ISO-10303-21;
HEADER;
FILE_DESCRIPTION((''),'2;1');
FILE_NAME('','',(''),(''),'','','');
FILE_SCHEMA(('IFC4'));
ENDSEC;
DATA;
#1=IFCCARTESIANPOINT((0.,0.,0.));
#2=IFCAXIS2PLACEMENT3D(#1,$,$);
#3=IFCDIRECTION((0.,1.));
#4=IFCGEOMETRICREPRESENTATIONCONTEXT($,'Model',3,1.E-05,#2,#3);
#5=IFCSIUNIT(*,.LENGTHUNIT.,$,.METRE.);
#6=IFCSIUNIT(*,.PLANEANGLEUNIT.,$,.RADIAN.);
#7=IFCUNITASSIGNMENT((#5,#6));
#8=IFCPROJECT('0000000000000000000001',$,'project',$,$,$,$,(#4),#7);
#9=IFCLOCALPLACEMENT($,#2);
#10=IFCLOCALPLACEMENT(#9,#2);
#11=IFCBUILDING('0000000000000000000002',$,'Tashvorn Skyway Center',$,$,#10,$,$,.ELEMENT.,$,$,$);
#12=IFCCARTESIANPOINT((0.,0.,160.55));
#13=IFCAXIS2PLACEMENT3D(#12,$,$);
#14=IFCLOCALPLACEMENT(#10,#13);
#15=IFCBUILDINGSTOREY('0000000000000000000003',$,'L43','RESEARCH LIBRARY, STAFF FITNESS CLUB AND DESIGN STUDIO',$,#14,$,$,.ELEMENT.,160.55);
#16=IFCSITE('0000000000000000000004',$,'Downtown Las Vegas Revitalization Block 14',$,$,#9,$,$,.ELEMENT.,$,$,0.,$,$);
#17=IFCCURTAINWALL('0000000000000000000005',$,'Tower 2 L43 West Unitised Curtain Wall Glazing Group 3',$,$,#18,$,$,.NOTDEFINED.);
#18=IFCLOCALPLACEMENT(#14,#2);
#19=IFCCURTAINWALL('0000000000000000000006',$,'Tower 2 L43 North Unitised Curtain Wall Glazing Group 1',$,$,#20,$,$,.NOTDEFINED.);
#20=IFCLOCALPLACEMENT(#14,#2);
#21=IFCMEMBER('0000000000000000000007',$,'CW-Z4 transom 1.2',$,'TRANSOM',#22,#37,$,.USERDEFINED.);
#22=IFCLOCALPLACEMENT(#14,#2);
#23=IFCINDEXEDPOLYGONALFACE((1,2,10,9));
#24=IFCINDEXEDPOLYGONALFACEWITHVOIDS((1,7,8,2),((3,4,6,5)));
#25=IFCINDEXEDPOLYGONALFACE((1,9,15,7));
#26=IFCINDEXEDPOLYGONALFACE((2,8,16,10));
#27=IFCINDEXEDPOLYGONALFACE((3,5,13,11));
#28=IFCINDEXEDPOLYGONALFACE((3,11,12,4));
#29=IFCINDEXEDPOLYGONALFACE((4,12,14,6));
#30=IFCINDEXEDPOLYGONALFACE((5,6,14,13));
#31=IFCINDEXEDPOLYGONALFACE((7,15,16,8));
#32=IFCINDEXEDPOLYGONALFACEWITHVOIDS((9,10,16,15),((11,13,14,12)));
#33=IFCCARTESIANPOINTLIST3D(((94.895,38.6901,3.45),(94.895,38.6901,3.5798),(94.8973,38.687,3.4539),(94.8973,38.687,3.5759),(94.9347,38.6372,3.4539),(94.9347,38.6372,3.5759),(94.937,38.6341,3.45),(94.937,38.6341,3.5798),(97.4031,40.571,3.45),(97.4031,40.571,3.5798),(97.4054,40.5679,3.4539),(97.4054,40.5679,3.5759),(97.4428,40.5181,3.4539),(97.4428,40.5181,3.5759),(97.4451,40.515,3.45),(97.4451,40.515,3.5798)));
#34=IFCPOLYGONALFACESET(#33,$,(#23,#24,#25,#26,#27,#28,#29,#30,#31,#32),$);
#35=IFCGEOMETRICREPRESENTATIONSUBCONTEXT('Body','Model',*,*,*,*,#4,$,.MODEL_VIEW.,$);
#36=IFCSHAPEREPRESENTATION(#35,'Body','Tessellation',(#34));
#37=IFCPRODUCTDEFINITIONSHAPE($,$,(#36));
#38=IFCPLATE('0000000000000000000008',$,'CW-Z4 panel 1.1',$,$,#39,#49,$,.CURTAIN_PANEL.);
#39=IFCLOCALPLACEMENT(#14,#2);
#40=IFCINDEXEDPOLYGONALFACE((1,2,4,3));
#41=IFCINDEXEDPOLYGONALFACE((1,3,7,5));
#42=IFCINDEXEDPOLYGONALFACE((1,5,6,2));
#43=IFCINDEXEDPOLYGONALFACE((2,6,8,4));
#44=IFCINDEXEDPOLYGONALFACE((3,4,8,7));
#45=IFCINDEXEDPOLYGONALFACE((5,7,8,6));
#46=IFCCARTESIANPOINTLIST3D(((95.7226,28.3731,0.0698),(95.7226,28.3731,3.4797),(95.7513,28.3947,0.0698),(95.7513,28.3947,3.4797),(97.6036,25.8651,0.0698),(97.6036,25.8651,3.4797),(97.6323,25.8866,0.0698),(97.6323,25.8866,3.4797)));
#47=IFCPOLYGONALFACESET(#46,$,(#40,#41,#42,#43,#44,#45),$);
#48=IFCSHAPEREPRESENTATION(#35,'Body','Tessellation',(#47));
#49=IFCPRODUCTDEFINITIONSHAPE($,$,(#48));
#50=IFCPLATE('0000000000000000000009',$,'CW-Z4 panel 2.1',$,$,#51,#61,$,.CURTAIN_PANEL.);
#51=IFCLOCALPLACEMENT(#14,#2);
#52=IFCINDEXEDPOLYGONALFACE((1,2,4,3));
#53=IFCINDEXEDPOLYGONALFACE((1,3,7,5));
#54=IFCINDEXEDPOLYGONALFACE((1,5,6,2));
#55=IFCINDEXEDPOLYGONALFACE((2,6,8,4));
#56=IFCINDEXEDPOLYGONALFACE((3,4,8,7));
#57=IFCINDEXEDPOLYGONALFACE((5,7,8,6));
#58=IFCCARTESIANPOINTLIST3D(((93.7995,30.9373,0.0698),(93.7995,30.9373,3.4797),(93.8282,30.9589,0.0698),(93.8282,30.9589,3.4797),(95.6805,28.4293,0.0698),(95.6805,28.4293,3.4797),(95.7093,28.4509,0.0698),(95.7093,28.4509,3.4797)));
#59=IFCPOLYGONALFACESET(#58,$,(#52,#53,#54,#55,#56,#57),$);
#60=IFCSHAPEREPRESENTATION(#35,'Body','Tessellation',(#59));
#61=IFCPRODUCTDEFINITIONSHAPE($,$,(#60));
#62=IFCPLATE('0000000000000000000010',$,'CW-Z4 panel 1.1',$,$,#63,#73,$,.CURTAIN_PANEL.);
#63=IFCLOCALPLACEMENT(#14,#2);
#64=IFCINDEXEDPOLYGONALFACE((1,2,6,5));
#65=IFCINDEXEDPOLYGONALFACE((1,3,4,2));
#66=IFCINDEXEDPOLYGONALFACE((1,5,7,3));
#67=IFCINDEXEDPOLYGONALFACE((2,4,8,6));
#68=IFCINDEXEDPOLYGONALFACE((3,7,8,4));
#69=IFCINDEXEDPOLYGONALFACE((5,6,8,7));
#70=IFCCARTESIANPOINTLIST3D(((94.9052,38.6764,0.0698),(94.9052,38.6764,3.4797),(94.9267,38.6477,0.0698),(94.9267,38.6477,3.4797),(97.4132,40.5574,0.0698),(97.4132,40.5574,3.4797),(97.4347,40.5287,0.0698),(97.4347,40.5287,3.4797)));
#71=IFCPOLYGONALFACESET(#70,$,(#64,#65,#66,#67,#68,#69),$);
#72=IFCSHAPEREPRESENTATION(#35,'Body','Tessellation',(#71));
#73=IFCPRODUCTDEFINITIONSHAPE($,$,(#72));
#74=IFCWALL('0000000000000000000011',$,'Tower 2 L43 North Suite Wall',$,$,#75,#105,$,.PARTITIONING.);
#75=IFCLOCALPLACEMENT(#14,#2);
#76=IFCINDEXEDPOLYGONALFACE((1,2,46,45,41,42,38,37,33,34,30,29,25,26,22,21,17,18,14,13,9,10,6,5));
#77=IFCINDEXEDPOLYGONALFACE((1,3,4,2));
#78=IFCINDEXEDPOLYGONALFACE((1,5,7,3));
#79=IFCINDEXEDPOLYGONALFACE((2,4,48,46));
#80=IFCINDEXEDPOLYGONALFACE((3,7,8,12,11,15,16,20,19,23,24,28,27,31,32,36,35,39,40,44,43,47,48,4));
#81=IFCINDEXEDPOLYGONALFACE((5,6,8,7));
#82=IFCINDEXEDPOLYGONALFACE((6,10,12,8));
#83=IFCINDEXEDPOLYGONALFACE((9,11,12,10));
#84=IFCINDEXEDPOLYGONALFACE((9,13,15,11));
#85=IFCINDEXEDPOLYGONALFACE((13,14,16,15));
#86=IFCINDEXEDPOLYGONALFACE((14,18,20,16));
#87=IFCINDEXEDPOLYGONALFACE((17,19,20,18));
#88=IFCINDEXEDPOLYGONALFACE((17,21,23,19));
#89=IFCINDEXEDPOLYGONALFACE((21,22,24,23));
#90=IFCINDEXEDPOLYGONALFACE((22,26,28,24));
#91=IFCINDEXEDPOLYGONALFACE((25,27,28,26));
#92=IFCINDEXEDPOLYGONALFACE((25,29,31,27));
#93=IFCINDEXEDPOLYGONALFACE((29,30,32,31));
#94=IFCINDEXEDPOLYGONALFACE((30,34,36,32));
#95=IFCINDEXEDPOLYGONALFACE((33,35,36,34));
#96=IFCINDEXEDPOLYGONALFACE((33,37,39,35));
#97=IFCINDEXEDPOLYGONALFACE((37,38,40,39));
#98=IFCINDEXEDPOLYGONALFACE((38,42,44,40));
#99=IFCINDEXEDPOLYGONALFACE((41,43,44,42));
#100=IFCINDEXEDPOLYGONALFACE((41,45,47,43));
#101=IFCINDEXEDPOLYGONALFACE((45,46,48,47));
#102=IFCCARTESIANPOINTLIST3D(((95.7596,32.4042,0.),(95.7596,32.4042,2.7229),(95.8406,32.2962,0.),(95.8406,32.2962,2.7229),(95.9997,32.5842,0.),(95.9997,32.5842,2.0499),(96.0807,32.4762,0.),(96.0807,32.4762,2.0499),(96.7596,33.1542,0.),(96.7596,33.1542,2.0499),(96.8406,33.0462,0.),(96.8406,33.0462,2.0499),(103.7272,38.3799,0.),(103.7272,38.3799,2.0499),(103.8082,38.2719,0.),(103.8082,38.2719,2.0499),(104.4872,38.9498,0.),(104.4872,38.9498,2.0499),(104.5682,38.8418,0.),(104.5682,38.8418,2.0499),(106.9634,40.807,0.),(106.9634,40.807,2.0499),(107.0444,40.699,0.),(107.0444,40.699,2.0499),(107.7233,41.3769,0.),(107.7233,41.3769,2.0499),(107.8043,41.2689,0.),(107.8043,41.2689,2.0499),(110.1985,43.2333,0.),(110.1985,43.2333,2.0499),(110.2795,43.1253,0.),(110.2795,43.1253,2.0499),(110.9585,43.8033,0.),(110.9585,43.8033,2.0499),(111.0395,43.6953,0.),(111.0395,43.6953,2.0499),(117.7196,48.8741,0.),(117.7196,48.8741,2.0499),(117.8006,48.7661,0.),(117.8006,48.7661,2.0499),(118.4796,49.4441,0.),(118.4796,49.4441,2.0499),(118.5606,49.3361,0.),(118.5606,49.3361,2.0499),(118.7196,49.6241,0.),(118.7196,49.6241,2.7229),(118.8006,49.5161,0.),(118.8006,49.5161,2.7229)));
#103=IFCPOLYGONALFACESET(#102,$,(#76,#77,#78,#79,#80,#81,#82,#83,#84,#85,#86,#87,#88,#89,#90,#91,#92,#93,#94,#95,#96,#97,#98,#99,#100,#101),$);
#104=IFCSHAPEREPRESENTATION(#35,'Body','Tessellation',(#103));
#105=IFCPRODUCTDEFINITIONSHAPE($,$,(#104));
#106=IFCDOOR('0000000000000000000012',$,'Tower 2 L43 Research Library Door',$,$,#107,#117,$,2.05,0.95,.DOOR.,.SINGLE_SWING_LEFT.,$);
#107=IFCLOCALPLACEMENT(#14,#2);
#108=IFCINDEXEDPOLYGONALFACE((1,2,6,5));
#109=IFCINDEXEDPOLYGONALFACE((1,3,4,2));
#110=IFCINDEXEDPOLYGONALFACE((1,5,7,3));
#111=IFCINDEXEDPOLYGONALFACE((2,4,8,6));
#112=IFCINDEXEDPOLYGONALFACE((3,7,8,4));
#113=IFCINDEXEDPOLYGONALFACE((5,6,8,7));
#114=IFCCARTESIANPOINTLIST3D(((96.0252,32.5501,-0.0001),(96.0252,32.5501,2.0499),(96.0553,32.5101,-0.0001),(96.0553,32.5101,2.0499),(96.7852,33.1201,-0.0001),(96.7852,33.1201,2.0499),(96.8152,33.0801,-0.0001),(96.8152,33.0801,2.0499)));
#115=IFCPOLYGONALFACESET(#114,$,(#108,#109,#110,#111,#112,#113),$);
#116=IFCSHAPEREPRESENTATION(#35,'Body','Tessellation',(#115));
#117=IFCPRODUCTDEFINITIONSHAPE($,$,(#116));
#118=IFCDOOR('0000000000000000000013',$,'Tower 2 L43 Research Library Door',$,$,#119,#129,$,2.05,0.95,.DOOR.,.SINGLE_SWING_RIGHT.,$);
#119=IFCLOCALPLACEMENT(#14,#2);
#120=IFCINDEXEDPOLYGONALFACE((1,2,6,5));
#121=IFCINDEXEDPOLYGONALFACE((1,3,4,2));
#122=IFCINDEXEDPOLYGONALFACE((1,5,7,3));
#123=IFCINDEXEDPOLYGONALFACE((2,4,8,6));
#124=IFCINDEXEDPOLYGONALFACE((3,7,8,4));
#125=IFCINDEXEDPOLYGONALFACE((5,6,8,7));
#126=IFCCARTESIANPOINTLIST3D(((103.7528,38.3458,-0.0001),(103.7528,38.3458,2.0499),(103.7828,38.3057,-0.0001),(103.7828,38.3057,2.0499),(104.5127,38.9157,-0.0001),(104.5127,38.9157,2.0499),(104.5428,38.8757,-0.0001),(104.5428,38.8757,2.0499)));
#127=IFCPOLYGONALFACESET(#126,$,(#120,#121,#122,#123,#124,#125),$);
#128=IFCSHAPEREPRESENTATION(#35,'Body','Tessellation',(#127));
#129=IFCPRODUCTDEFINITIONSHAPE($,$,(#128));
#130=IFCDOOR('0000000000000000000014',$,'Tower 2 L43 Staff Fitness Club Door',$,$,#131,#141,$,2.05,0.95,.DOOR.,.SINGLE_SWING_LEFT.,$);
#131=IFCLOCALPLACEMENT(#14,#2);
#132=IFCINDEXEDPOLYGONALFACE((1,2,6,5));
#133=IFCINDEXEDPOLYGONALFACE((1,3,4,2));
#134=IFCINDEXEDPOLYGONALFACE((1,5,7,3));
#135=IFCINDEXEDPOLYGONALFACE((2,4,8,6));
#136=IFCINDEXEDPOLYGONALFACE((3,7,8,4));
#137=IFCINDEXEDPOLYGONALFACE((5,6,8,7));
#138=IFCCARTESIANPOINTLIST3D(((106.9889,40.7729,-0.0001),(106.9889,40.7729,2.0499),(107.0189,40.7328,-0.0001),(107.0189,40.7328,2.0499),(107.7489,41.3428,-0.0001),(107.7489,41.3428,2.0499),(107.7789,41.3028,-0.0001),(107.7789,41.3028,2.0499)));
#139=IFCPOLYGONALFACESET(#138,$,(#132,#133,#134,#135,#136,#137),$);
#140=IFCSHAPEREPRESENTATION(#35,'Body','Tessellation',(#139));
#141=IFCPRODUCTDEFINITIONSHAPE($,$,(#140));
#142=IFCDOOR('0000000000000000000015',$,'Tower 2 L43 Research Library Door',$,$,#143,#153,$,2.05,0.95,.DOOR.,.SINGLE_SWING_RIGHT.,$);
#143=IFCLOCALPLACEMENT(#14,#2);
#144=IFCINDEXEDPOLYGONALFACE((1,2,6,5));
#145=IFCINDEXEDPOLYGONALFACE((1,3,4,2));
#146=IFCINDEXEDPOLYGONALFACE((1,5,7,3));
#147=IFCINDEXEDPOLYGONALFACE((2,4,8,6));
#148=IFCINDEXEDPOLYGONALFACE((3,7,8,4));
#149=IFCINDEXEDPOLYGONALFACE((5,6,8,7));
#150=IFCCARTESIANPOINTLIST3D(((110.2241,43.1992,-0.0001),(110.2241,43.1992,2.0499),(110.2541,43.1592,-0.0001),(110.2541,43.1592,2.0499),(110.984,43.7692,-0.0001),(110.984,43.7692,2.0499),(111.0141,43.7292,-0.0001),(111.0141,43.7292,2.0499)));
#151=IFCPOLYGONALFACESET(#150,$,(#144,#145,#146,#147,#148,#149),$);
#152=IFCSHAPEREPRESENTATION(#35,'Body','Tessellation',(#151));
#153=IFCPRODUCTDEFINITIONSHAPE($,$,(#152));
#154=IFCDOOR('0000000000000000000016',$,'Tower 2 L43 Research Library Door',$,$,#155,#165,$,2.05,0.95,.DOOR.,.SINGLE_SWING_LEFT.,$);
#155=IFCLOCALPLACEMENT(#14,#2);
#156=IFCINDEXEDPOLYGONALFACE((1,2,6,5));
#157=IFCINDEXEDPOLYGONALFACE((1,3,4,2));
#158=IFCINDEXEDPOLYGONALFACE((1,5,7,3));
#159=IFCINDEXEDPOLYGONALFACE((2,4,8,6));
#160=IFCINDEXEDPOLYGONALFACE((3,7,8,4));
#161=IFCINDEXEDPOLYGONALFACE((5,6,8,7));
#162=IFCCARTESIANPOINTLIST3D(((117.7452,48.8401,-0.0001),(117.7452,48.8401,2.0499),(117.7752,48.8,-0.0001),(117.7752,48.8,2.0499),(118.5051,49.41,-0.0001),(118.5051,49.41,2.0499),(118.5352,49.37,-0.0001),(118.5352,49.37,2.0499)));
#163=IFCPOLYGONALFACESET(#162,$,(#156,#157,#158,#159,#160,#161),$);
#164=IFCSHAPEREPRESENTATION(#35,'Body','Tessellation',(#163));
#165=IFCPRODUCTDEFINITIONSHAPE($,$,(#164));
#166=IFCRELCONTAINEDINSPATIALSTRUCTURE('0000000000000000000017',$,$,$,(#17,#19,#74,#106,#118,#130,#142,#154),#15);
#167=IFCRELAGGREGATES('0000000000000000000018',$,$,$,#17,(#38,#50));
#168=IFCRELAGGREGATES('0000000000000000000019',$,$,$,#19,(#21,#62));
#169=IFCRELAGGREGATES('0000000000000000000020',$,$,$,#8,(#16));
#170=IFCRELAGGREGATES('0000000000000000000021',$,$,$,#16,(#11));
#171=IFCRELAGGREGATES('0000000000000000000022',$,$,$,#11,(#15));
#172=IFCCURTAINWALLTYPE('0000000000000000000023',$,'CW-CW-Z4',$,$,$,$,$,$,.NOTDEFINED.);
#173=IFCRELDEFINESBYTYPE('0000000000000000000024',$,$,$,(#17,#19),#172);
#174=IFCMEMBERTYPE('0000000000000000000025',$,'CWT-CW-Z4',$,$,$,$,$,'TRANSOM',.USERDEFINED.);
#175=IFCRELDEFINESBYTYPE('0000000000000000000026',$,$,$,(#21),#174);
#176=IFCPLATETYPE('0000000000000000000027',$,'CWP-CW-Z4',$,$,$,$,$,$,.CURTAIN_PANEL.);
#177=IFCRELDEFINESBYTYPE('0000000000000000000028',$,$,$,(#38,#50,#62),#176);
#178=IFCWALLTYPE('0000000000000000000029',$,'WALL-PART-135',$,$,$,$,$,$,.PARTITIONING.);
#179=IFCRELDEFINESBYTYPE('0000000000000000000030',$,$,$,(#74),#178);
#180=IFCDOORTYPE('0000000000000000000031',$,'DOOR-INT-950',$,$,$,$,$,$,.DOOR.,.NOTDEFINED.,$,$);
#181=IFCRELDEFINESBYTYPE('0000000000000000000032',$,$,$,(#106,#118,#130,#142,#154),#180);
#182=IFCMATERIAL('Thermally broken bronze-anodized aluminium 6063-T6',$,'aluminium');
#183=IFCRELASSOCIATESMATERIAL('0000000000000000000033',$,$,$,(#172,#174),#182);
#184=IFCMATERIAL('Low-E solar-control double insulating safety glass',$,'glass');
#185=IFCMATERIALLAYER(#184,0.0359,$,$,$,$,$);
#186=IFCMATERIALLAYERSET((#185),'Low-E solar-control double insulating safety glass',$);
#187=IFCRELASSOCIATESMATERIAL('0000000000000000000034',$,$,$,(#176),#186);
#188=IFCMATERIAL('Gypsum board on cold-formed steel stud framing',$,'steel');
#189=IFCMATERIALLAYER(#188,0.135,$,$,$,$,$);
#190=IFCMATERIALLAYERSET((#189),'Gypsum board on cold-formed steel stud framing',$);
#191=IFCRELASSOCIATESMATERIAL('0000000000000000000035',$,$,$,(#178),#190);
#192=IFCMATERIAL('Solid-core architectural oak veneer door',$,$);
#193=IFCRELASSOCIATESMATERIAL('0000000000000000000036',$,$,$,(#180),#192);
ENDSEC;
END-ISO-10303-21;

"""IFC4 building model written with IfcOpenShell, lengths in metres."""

from ifc_helpers import new_model, si_unit, direction, frame, frame_2d, origin, origin_2d, place, context, subcontext, project, spatial, rectangle, hollow_rectangle, extrude, material, layer, layer_set, material_profile, profile_set, type_object, element, fill, aggregate, save


model = new_model("IFC4")

# Units and contexts
model_context = context("Model", 3, precision=1e-05, world=origin(), true_north=direction((0.0, 1.0)))
body_context = subcontext(model_context, "Body", "Model", "MODEL_VIEW")
ifc_project = project(units=[si_unit("LENGTHUNIT", "METRE"), si_unit("PLANEANGLEUNIT", "RADIAN")], contexts=[model_context])

# Site, building, storey
site_placement = place(None, origin())
site = spatial("IfcSite", under=ifc_project, at=site_placement, Name="Downtown Las Vegas Revitalization Block 14", CompositionType="ELEMENT", RefElevation=0.0)
building_placement = place(site_placement, origin())
building = spatial("IfcBuilding", under=site, at=building_placement, Name="Tashvorn Skyway Center", CompositionType="ELEMENT")
storey_placement = place(building_placement, frame((0.0, 0.0, 160.55)))
storey = spatial("IfcBuildingStorey", under=building, at=storey_placement, Name="L43", Description="RESEARCH LIBRARY, STAFF FITNESS CLUB AND DESIGN STUDIO", CompositionType="ELEMENT", Elevation=160.55)

# Curtain wall
ifc_material_1 = material(Name="Thermally broken bronze-anodized aluminium 6063-T6", Category="aluminium")
curtain_wall_type = type_object("IfcCurtainWallType", Name="CW-CW-Z4", PredefinedType="NOTDEFINED", material=ifc_material_1)
curtain_wall_1_placement = place(storey_placement, origin())
curtain_wall_1 = element("IfcCurtainWall", 1, at=curtain_wall_1_placement, inside=storey, type_object=curtain_wall_type, Name="Tower 2 L43 West Unitised Curtain Wall Glazing Group 3", PredefinedType="NOTDEFINED")

# Curtain wall
curtain_wall_2_placement = place(storey_placement, origin())
curtain_wall_2 = element("IfcCurtainWall", 2, at=curtain_wall_2_placement, inside=storey, type_object=curtain_wall_type, Name="Tower 2 L43 North Unitised Curtain Wall Glazing Group 1", PredefinedType="NOTDEFINED")

# Member
ifc_material_profile_1 = material_profile(ifc_material_1, hollow_rectangle(XDim=0.0701, YDim=0.1299, WallThickness=0.0039, at=origin_2d()), Name="ALU-TRAN-70x130")
ifc_profile_set_1 = profile_set([ifc_material_profile_1], Name="Thermally broken bronze-anodized aluminium 6063-T6")
member_type_1 = type_object("IfcMemberType", Name="CWT-CW-Z4", ElementType="TRANSOM", PredefinedType="USERDEFINED", material=ifc_profile_set_1)
member_1_placement = place(storey_placement, frame((94.916, 38.6621, 3.5149), z_axis=(0.800028, 0.599963, 0.0), x_axis=(-0.599963, 0.800028, 0.0)))
member_1 = element("IfcMember", 3, at=member_1_placement, type_object=member_type_1, Name="CW-Z4 transom 1.2", ObjectType="TRANSOM", PredefinedType="USERDEFINED", context=body_context, shape_type="SweptSolid", body=[
    extrude(hollow_rectangle(XDim=0.0701, YDim=0.1299, WallThickness=0.0039, at=origin_2d()), origin(), (0.0, 0.0, 1.0), 3.135),
])

# Plates
ifc_material_2 = material(Name="Low-E solar-control double insulating safety glass", Category="glass")
ifc_layer_1 = layer(ifc_material_2, 0.0359)
ifc_layer_set_1 = layer_set([ifc_layer_1], Name="Low-E solar-control double insulating safety glass")
plate_type = type_object("IfcPlateType", Name="CWP-CW-Z4", PredefinedType="CURTAIN_PANEL", material=ifc_layer_set_1)
plate_1_placement = place(storey_placement, frame((96.6775, 27.1299, 0.0698), z_axis=(0.0, 0.0, 1.0), x_axis=(-0.6, 0.8, 0.0)))
plate_1 = element("IfcPlate", 4, at=plate_1_placement, type_object=plate_type, Name="CW-Z4 panel 1.1", PredefinedType="CURTAIN_PANEL", context=body_context, shape_type="SweptSolid", body=[
    extrude(rectangle(XDim=3.135, YDim=0.0359, at=origin_2d()), origin(), (0.0, 0.0, 1.0), 3.4099),
])
plate_2_placement = place(storey_placement, frame((94.7544, 29.6941, 0.0698), z_axis=(0.0, 0.0, 1.0), x_axis=(-0.6, 0.8, 0.0)))
plate_2 = element("IfcPlate", 5, at=plate_2_placement, type_object=plate_type, Name="CW-Z4 panel 2.1", PredefinedType="CURTAIN_PANEL", context=body_context, shape_type="SweptSolid", body=[
    extrude(rectangle(XDim=3.135, YDim=0.0359, at=origin_2d()), origin(), (0.0, 0.0, 1.0), 3.4099),
])
aggregate(curtain_wall_1, [plate_1, plate_2])
plate_3_placement = place(storey_placement, frame((96.1699, 39.6025, 0.0698), z_axis=(0.0, 0.0, 1.0), x_axis=(0.8, 0.6, 0.0)))
plate_3 = element("IfcPlate", 6, at=plate_3_placement, type_object=plate_type, Name="CW-Z4 panel 1.1", PredefinedType="CURTAIN_PANEL", context=body_context, shape_type="SweptSolid", body=[
    extrude(rectangle(XDim=3.135, YDim=0.0359, at=origin_2d()), origin(), (0.0, 0.0, 1.0), 3.4099),
])
aggregate(curtain_wall_2, [member_1, plate_3])

# Wall, openings, doors
ifc_material_3 = material(Name="Gypsum board on cold-formed steel stud framing", Category="steel")
ifc_layer_2 = layer(ifc_material_3, 0.135)
ifc_layer_set_2 = layer_set([ifc_layer_2], Name="Gypsum board on cold-formed steel stud framing")
wall_type = type_object("IfcWallType", Name="WALL-PART-135", PredefinedType="PARTITIONING", material=ifc_layer_set_2)
wall_1_placement = place(storey_placement, frame((95.8, 32.3501, 0.0), z_axis=(0.0, 0.0, 1.0), x_axis=(0.8, 0.6, 0.0)))
wall_1 = element("IfcWall", 7, at=wall_1_placement, inside=storey, type_object=wall_type, Name="Tower 2 L43 North Suite Wall", PredefinedType="PARTITIONING", context=body_context, shape_type="SweptSolid", body=[
    extrude(rectangle(XDim=28.7, YDim=0.135, at=frame_2d((14.3501, 0.0))), origin(), (0.0, 0.0, 1.0), 2.7229),
])
opening_1_placement = place(wall_1_placement, frame((0.3, 0.0, 0.0)))
opening_1 = element("IfcOpeningElement", 8, at=opening_1_placement, cuts=wall_1, PredefinedType="OPENING", context=body_context, shape_type="SweptSolid", body=[
    extrude(rectangle(XDim=0.95, YDim=2.05, at=frame_2d((0.4751, 1.0249))), frame((0.0, 0.0774, 0.0), z_axis=(0.0, -1.0, 0.0), x_axis=(1.0, 0.0, 0.0)), (0.0, 0.0, 1.0), 0.155),
])
opening_2_placement = place(wall_1_placement, frame((9.9595, 0.0, 0.0)))
opening_2 = element("IfcOpeningElement", 9, at=opening_2_placement, cuts=wall_1, PredefinedType="OPENING", context=body_context, shape_type="SweptSolid", body=[
    extrude(rectangle(XDim=0.95, YDim=2.05, at=frame_2d((0.4751, 1.0249))), frame((0.0, 0.0774, 0.0), z_axis=(0.0, -1.0, 0.0), x_axis=(1.0, 0.0, 0.0)), (0.0, 0.0, 1.0), 0.155),
])
opening_3_placement = place(wall_1_placement, frame((14.0046, 0.0, 0.0)))
opening_3 = element("IfcOpeningElement", 10, at=opening_3_placement, cuts=wall_1, PredefinedType="OPENING", context=body_context, shape_type="SweptSolid", body=[
    extrude(rectangle(XDim=0.95, YDim=2.05, at=frame_2d((0.4751, 1.0249))), frame((0.0, 0.0774, 0.0), z_axis=(0.0, -1.0, 0.0), x_axis=(1.0, 0.0, 0.0)), (0.0, 0.0, 1.0), 0.155),
])
opening_4_placement = place(wall_1_placement, frame((18.0486, 0.0, 0.0)))
opening_4 = element("IfcOpeningElement", 11, at=opening_4_placement, cuts=wall_1, PredefinedType="OPENING", context=body_context, shape_type="SweptSolid", body=[
    extrude(rectangle(XDim=0.95, YDim=2.05, at=frame_2d((0.4751, 1.0249))), frame((0.0, 0.0774, 0.0), z_axis=(0.0, -1.0, 0.0), x_axis=(1.0, 0.0, 0.0)), (0.0, 0.0, 1.0), 0.155),
])
opening_5_placement = place(wall_1_placement, frame((27.45, 0.0, 0.0)))
opening_5 = element("IfcOpeningElement", 12, at=opening_5_placement, cuts=wall_1, PredefinedType="OPENING", context=body_context, shape_type="SweptSolid", body=[
    extrude(rectangle(XDim=0.95, YDim=2.05, at=frame_2d((0.4751, 1.0249))), frame((0.0, 0.0774, 0.0), z_axis=(0.0, -1.0, 0.0), x_axis=(1.0, 0.0, 0.0)), (0.0, 0.0, 1.0), 0.155),
])
ifc_material_4 = material(Name="Solid-core architectural oak veneer door")
door_type = type_object("IfcDoorType", Name="DOOR-INT-950", OperationType="NOTDEFINED", PredefinedType="DOOR", material=ifc_material_4)
door_1_placement = place(opening_1_placement, origin())
door_1 = element("IfcDoor", 13, at=door_1_placement, inside=storey, type_object=door_type, Name="Tower 2 L43 Research Library Door", OperationType="SINGLE_SWING_LEFT", OverallHeight=2.05, OverallWidth=0.95, PredefinedType="DOOR", context=body_context, shape_type="SweptSolid", body=[
    extrude(rectangle(XDim=0.95, YDim=2.05, at=frame_2d((0.4751, 1.0249))), frame((0.0, 0.0249, 0.0), z_axis=(0.0, -1.0, 0.0), x_axis=(1.0, 0.0, 0.0)), (0.0, 0.0, 1.0), 0.05),
])
fill(opening_1, door_1)
door_2_placement = place(opening_2_placement, origin())
door_2 = element("IfcDoor", 14, at=door_2_placement, inside=storey, type_object=door_type, Name="Tower 2 L43 Research Library Door", OperationType="SINGLE_SWING_RIGHT", OverallHeight=2.05, OverallWidth=0.95, PredefinedType="DOOR", context=body_context, shape_type="SweptSolid", body=[
    extrude(rectangle(XDim=0.95, YDim=2.05, at=frame_2d((0.4751, 1.0249))), frame((0.0, 0.0249, 0.0), z_axis=(0.0, -1.0, 0.0), x_axis=(1.0, 0.0, 0.0)), (0.0, 0.0, 1.0), 0.05),
])
fill(opening_2, door_2)
door_3_placement = place(opening_3_placement, origin())
door_3 = element("IfcDoor", 15, at=door_3_placement, inside=storey, type_object=door_type, Name="Tower 2 L43 Staff Fitness Club Door", OperationType="SINGLE_SWING_LEFT", OverallHeight=2.05, OverallWidth=0.95, PredefinedType="DOOR", context=body_context, shape_type="SweptSolid", body=[
    extrude(rectangle(XDim=0.95, YDim=2.05, at=frame_2d((0.4751, 1.0249))), frame((0.0, 0.0249, 0.0), z_axis=(0.0, -1.0, 0.0), x_axis=(1.0, 0.0, 0.0)), (0.0, 0.0, 1.0), 0.05),
])
fill(opening_3, door_3)
door_4_placement = place(opening_4_placement, origin())
door_4 = element("IfcDoor", 16, at=door_4_placement, inside=storey, type_object=door_type, Name="Tower 2 L43 Research Library Door", OperationType="SINGLE_SWING_RIGHT", OverallHeight=2.05, OverallWidth=0.95, PredefinedType="DOOR", context=body_context, shape_type="SweptSolid", body=[
    extrude(rectangle(XDim=0.95, YDim=2.05, at=frame_2d((0.4751, 1.0249))), frame((0.0, 0.0249, 0.0), z_axis=(0.0, -1.0, 0.0), x_axis=(1.0, 0.0, 0.0)), (0.0, 0.0, 1.0), 0.05),
])
fill(opening_4, door_4)
door_5_placement = place(opening_5_placement, origin())
door_5 = element("IfcDoor", 17, at=door_5_placement, inside=storey, type_object=door_type, Name="Tower 2 L43 Research Library Door", OperationType="SINGLE_SWING_LEFT", OverallHeight=2.05, OverallWidth=0.95, PredefinedType="DOOR", context=body_context, shape_type="SweptSolid", body=[
    extrude(rectangle(XDim=0.95, YDim=2.05, at=frame_2d((0.4751, 1.0249))), frame((0.0, 0.0249, 0.0), z_axis=(0.0, -1.0, 0.0), x_axis=(1.0, 0.0, 0.0)), (0.0, 0.0, 1.0), 0.05),
])
fill(opening_5, door_5)

save(model, "model.ifc")
